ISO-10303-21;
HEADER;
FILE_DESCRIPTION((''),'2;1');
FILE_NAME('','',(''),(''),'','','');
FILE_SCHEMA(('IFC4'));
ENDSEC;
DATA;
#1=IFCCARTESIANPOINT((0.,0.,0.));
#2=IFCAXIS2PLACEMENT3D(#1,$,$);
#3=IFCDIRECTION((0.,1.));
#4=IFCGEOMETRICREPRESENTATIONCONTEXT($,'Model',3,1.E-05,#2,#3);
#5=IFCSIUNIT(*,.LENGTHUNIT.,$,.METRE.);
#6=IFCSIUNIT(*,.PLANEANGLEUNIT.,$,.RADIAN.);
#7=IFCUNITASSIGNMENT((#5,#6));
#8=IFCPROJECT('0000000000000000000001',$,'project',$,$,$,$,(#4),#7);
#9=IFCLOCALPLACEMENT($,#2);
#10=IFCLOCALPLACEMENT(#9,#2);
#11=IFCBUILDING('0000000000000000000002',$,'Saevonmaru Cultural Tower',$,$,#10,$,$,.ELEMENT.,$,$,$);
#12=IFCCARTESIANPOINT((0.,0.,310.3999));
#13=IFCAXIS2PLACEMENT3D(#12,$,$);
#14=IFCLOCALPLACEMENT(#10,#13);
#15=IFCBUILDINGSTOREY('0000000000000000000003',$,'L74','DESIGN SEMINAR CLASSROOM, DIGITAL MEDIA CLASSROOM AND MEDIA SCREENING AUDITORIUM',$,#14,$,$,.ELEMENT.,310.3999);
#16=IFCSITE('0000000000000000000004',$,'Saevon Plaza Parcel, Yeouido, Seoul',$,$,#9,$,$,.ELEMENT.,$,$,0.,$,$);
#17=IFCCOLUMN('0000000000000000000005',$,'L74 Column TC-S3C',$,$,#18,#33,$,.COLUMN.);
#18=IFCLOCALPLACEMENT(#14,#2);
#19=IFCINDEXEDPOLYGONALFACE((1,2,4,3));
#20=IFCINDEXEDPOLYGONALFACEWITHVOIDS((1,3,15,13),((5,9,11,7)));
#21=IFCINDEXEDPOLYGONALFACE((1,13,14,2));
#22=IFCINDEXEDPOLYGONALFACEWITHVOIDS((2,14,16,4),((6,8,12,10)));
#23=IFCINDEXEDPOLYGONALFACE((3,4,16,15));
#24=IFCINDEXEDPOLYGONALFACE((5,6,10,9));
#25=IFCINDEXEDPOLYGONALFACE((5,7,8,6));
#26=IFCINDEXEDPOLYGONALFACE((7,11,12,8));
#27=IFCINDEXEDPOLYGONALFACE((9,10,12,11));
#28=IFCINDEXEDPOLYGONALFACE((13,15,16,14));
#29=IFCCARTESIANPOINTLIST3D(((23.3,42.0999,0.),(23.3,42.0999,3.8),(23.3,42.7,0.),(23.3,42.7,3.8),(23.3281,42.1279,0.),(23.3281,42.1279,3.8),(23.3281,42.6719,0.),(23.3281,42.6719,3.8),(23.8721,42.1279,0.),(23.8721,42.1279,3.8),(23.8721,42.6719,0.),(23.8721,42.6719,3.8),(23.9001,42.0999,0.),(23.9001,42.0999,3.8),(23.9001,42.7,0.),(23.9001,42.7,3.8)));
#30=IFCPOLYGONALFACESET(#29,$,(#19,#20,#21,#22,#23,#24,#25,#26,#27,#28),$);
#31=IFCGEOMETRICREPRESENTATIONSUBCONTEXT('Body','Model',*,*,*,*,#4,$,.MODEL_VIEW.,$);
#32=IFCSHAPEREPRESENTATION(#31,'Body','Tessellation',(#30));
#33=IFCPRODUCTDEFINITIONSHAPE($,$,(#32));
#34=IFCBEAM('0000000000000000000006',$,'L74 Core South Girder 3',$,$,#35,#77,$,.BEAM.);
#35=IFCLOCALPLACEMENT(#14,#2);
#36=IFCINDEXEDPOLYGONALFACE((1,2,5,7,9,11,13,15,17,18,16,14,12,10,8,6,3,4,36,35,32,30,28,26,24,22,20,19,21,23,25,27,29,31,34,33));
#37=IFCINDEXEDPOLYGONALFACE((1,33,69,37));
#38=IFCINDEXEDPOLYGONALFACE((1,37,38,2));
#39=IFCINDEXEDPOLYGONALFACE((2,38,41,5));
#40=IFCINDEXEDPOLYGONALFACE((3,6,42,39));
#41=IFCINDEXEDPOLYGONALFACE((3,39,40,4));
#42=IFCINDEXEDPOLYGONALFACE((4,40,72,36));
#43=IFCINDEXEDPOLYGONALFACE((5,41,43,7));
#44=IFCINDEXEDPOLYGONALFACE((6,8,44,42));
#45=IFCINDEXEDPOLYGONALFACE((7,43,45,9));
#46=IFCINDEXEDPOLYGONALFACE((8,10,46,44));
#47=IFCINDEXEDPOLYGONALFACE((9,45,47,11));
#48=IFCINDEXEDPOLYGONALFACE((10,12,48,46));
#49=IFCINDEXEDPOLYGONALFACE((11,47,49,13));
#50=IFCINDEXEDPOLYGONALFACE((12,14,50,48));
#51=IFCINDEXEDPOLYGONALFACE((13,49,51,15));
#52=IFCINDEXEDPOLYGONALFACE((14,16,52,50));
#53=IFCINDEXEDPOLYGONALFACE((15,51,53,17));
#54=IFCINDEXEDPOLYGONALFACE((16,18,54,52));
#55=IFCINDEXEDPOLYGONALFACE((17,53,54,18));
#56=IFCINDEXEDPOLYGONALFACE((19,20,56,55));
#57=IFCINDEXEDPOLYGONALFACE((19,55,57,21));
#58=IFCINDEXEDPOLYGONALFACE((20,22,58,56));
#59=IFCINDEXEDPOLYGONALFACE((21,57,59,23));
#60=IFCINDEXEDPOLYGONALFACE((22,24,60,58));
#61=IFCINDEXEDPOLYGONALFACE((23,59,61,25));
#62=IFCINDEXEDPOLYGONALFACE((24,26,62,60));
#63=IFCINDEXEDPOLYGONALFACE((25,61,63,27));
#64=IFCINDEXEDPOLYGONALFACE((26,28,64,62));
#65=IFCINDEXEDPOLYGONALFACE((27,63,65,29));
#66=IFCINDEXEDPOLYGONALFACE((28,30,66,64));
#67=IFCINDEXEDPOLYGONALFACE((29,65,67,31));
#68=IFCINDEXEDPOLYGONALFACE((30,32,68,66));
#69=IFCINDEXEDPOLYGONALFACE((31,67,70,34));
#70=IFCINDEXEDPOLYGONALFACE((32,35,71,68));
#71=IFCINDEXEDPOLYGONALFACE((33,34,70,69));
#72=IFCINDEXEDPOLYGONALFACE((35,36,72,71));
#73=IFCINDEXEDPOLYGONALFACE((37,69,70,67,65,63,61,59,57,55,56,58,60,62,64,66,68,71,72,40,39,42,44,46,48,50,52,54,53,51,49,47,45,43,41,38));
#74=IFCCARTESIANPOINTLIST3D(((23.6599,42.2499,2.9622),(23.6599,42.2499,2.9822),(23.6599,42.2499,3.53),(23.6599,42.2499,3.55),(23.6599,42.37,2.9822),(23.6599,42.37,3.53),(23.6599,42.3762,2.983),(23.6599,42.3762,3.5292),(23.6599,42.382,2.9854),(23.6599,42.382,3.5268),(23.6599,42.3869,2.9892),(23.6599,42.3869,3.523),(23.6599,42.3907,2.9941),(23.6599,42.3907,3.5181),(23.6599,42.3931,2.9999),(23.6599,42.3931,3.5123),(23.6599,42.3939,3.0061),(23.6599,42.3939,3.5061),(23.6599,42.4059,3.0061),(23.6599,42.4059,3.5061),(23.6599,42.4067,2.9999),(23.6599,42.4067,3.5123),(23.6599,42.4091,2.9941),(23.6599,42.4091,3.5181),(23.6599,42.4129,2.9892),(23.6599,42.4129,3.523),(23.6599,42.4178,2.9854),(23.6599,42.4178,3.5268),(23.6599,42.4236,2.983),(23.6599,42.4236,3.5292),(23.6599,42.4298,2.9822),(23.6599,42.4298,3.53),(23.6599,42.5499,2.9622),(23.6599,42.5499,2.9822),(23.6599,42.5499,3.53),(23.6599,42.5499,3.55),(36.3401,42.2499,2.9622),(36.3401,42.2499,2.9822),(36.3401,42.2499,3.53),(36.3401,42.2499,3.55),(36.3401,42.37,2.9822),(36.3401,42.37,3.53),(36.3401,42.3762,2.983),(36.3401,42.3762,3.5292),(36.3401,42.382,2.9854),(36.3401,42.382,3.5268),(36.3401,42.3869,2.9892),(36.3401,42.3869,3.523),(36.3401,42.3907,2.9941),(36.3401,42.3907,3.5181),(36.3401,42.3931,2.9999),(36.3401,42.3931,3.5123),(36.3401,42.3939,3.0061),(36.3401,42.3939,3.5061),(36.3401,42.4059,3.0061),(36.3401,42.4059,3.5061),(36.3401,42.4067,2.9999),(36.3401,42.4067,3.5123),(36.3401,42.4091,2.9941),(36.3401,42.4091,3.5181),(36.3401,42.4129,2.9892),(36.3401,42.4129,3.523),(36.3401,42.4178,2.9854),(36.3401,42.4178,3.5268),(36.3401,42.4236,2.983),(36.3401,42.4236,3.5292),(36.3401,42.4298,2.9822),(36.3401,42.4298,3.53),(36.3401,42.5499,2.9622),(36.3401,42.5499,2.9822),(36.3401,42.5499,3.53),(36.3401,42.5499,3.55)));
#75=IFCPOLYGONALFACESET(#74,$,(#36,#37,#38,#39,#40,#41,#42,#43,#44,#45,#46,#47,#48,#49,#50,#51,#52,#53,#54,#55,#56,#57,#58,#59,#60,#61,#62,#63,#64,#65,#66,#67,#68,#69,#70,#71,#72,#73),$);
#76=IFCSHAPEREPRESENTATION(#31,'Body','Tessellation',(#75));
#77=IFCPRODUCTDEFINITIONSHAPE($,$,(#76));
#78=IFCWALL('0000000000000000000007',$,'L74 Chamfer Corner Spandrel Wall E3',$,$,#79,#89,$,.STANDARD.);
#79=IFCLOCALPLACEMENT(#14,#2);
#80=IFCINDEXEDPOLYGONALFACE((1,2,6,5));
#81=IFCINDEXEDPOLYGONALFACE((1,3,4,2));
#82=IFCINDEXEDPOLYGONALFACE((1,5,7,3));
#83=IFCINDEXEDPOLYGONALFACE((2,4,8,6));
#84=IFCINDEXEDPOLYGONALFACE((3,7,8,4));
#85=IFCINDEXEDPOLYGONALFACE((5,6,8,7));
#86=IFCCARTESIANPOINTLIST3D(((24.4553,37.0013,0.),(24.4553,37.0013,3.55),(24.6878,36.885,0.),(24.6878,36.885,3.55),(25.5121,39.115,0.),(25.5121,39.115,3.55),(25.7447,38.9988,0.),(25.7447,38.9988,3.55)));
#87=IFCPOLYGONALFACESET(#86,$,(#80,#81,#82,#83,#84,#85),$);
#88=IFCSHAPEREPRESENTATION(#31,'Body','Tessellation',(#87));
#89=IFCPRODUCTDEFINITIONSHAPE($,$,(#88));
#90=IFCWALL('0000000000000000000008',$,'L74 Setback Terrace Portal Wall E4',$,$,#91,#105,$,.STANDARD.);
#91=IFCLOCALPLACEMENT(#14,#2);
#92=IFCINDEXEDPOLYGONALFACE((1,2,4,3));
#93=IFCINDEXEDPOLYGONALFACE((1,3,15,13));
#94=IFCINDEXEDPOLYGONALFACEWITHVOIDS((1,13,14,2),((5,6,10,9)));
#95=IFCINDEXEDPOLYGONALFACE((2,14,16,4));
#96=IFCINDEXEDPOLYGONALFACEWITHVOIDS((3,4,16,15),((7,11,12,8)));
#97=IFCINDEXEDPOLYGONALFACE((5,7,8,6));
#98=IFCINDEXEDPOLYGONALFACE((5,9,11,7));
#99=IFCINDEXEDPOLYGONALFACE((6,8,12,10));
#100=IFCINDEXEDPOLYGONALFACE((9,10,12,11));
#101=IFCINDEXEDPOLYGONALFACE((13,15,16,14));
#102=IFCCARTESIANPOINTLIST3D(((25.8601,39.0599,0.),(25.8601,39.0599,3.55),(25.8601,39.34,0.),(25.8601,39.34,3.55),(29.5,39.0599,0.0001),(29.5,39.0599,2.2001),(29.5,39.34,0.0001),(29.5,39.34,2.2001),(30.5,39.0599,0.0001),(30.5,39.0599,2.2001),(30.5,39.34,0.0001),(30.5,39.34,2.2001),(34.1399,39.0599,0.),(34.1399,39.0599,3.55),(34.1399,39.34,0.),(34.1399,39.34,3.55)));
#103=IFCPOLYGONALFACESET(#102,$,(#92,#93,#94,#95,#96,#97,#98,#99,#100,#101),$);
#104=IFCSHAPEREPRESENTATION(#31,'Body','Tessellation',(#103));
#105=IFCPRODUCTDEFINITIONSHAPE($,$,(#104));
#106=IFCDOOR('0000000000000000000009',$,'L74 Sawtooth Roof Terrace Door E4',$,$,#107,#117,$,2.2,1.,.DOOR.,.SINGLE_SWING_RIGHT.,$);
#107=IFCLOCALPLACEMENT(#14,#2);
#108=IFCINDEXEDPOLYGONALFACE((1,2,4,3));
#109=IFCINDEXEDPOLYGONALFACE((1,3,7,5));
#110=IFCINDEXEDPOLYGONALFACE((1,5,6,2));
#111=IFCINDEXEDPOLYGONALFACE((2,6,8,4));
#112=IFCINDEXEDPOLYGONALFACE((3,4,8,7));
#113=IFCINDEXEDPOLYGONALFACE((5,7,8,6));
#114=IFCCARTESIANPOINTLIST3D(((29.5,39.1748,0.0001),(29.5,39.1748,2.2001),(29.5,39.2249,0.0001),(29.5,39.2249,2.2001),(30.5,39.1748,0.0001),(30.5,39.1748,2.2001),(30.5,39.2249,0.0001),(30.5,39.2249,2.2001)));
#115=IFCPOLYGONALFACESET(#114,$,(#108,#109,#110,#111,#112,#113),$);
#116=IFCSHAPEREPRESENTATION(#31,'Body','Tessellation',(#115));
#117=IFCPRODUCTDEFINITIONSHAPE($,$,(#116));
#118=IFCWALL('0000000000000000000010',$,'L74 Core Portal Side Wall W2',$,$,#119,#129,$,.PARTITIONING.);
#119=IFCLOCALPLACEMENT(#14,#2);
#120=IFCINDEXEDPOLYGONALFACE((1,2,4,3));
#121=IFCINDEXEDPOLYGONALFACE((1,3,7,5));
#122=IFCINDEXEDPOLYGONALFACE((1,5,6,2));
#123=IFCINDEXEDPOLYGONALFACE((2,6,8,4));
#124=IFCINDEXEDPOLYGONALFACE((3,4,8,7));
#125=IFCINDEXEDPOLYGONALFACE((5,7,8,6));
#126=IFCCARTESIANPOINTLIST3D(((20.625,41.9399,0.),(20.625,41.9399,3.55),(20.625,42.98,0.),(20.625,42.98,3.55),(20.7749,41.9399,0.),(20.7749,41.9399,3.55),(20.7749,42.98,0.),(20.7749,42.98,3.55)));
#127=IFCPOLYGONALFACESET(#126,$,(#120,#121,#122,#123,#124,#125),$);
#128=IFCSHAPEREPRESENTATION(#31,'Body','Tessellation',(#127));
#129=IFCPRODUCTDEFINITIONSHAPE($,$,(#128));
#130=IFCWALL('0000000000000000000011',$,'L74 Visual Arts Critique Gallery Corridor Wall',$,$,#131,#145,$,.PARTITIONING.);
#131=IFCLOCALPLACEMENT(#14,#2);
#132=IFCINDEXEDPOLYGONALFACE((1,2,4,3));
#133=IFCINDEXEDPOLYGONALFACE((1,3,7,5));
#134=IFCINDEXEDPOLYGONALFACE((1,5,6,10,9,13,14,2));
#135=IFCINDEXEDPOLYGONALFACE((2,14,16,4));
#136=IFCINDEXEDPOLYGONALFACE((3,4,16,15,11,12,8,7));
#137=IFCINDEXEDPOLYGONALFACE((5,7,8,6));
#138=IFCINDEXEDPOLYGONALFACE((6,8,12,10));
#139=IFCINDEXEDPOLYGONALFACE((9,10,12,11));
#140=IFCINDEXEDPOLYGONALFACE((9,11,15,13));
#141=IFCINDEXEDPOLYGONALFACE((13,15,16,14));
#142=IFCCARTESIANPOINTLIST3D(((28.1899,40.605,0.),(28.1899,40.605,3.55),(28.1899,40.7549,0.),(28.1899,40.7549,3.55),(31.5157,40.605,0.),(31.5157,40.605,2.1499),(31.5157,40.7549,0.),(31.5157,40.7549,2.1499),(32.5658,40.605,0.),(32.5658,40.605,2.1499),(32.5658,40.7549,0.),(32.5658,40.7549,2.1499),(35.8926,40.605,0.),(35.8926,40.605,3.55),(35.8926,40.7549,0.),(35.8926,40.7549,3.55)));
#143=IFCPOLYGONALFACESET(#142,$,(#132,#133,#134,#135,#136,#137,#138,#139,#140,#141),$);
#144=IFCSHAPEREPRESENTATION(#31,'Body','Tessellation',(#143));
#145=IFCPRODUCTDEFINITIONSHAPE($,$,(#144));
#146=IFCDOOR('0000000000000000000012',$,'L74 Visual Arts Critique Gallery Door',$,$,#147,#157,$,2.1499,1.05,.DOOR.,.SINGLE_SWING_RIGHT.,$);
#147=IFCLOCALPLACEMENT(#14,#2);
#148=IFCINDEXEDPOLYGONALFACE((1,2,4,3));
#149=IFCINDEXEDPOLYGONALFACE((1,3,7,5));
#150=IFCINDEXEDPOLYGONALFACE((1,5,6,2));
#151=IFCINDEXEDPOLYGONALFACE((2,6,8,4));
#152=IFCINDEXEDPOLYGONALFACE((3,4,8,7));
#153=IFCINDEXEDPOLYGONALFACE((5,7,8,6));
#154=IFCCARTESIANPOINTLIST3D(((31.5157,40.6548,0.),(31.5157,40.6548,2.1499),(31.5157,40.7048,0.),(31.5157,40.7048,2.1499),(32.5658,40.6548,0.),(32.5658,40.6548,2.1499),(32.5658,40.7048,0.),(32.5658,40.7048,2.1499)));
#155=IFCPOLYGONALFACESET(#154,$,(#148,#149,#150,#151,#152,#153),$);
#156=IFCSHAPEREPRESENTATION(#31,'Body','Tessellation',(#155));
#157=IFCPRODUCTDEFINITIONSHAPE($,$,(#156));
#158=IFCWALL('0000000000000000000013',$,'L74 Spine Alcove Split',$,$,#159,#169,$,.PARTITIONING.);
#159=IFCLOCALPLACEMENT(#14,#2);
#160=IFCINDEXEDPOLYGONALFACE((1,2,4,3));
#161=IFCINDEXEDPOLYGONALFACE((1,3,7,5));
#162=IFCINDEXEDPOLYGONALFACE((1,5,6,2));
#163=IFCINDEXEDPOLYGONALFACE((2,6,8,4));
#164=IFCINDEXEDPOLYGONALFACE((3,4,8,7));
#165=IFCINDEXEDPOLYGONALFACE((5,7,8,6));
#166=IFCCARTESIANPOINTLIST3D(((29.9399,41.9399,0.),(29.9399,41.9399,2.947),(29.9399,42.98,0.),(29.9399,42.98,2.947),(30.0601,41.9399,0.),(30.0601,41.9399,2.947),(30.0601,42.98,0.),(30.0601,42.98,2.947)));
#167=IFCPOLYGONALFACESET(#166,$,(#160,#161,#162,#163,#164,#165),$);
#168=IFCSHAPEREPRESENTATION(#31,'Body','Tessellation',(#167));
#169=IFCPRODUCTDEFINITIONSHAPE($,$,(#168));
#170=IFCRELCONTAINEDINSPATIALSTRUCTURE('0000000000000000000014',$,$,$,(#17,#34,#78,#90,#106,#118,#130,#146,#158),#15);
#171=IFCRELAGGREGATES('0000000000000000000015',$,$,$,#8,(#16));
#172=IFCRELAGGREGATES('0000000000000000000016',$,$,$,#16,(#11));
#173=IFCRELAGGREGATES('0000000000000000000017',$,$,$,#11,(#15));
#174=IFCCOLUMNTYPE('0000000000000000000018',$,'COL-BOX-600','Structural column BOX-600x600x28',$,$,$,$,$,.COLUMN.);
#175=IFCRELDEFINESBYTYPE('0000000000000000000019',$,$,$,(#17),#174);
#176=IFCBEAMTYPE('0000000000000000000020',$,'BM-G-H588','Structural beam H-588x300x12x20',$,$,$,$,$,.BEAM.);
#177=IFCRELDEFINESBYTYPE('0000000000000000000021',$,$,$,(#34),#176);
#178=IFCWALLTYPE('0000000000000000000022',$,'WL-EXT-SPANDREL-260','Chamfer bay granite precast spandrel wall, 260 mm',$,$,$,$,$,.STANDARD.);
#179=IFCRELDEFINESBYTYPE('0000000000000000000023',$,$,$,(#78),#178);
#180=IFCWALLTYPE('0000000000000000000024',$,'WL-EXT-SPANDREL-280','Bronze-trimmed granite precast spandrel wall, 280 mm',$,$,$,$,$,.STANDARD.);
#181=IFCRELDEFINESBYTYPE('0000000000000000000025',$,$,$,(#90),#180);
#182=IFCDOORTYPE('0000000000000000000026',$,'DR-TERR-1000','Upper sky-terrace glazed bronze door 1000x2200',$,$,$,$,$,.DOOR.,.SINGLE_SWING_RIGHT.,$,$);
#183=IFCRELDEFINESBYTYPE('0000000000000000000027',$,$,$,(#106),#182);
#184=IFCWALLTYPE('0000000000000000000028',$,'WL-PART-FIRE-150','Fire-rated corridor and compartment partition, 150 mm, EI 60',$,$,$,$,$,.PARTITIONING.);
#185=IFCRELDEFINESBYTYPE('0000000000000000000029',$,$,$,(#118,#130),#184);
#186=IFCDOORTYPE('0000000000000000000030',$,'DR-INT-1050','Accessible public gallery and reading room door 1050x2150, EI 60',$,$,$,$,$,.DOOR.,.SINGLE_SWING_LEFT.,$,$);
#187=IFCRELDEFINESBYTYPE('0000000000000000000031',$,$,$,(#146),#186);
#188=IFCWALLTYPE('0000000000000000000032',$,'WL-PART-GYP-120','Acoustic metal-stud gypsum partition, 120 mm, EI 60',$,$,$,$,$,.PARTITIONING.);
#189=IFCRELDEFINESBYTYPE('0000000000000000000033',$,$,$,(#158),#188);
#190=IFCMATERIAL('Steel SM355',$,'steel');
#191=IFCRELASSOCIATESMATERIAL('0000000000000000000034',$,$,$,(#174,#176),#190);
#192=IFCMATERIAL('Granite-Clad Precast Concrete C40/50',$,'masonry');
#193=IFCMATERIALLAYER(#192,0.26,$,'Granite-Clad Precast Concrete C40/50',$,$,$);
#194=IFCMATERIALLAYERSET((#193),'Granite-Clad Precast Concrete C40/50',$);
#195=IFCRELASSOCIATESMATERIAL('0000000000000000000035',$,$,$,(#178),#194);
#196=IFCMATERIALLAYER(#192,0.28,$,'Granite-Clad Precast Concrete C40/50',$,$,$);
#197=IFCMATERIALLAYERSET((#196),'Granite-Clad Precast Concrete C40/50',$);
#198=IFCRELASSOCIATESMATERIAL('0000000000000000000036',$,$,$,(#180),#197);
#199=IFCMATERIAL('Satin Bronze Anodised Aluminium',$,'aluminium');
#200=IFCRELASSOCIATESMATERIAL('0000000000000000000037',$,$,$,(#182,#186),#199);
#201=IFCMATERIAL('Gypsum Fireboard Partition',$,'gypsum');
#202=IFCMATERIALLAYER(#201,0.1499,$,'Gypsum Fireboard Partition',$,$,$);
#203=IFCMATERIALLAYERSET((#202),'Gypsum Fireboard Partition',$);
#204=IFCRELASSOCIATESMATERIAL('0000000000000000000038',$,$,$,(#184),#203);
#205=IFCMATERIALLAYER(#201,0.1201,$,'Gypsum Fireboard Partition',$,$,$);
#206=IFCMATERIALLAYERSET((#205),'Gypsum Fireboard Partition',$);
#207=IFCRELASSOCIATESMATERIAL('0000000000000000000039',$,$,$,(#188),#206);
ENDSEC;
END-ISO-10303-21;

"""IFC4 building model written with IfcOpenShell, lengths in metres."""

from ifc_helpers import new_model, si_unit, direction, frame, frame_2d, origin, origin_2d, place, context, subcontext, project, spatial, rectangle, hollow_rectangle, i_section, extrude, material, layer, layer_set, material_profile, profile_set, type_object, element, fill, save


model = new_model("IFC4")

# Units and contexts
model_context = context("Model", 3, precision=1e-05, world=origin(), true_north=direction((0.0, 1.0)))
body_context = subcontext(model_context, "Body", "Model", "MODEL_VIEW")
ifc_project = project(units=[si_unit("LENGTHUNIT", "METRE"), si_unit("PLANEANGLEUNIT", "RADIAN")], contexts=[model_context])

# Site, building, storey
site_placement = place(None, origin())
site = spatial("IfcSite", under=ifc_project, at=site_placement, Name="Saevon Plaza Parcel, Yeouido, Seoul", CompositionType="ELEMENT", RefElevation=0.0)
building_placement = place(site_placement, origin())
building = spatial("IfcBuilding", under=site, at=building_placement, Name="Saevonmaru Cultural Tower", CompositionType="ELEMENT")
storey_placement = place(building_placement, frame((0.0, 0.0, 310.3999)))
storey = spatial("IfcBuildingStorey", under=building, at=storey_placement, Name="L74", Description="DESIGN SEMINAR CLASSROOM, DIGITAL MEDIA CLASSROOM AND MEDIA SCREENING AUDITORIUM", CompositionType="ELEMENT", Elevation=310.3999)

# Column
ifc_material_1 = material(Name="Steel SM355", Category="steel")
ifc_material_profile_1 = material_profile(ifc_material_1, hollow_rectangle(XDim=0.6001, YDim=0.6001, WallThickness=0.0281, at=origin_2d()), Name="BOX-600x600x28")
ifc_profile_set_1 = profile_set([ifc_material_profile_1], Name="Steel SM355")
column_type = type_object("IfcColumnType", Name="COL-BOX-600", Description="Structural column BOX-600x600x28", PredefinedType="COLUMN", material=ifc_profile_set_1)
column_placement = place(storey_placement, frame((23.6001, 42.3999, 0.0), z_axis=(0.0, 0.0, 1.0), x_axis=(1.0, 0.0, 0.0)))
element("IfcColumn", 1, at=column_placement, inside=storey, type_object=column_type, Name="L74 Column TC-S3C", PredefinedType="COLUMN", context=body_context, shape_type="SweptSolid", body=[
    extrude(hollow_rectangle(XDim=0.6001, YDim=0.6001, WallThickness=0.0281, at=origin_2d()), origin(), (0.0, 0.0, 1.0), 3.8),
])

# Beam
ifc_material_profile_2 = material_profile(ifc_material_1, i_section(OverallWidth=0.3, OverallDepth=0.5879, WebThickness=0.012, FlangeThickness=0.02, FilletRadius=0.0239, at=origin_2d()), Name="H-588x300x12x20")
ifc_profile_set_2 = profile_set([ifc_material_profile_2], Name="Steel SM355")
beam_type = type_object("IfcBeamType", Name="BM-G-H588", Description="Structural beam H-588x300x12x20", PredefinedType="BEAM", material=ifc_profile_set_2)
beam_placement = place(storey_placement, frame((23.6599, 42.3999, 3.2561), z_axis=(1.0, 0.0, 0.0), x_axis=(0.0, 1.0, 0.0)))
element("IfcBeam", 2, at=beam_placement, inside=storey, type_object=beam_type, Name="L74 Core South Girder 3", PredefinedType="BEAM", context=body_context, shape_type="SweptSolid", body=[
    extrude(i_section(OverallWidth=0.3, OverallDepth=0.5879, WebThickness=0.012, FlangeThickness=0.02, FilletRadius=0.0239, at=origin_2d()), origin(), (0.0, 0.0, 1.0), 12.6802),
])

# Shared definitions
ifc_material_2 = material(Name="Gypsum Fireboard Partition", Category="gypsum")
ifc_material_3 = material(Name="Satin Bronze Anodised Aluminium", Category="aluminium")

# Wall
ifc_material_4 = material(Name="Granite-Clad Precast Concrete C40/50", Category="masonry")
ifc_layer_1 = layer(ifc_material_4, 0.26, Name="Granite-Clad Precast Concrete C40/50")
ifc_layer_set_1 = layer_set([ifc_layer_1], Name="Granite-Clad Precast Concrete C40/50")
wall_type_1 = type_object("IfcWallType", Name="WL-EXT-SPANDREL-260", Description="Chamfer bay granite precast spandrel wall, 260 mm", PredefinedType="STANDARD", material=ifc_layer_set_1)
wall_1_placement = place(storey_placement, frame((24.5715, 36.9431, 0.0), z_axis=(0.0, 0.0, 1.0), x_axis=(0.447214, 0.894427, 0.0)))
element("IfcWall", 3, at=wall_1_placement, inside=storey, type_object=wall_type_1, Name="L74 Chamfer Corner Spandrel Wall E3", PredefinedType="STANDARD", context=body_context, shape_type="SweptSolid", body=[
    extrude(rectangle(XDim=2.3633, YDim=0.26, at=frame_2d((1.1816, 0.0))), origin(), (0.0, 0.0, 1.0), 3.55),
])

# Wall, opening, door
ifc_layer_2 = layer(ifc_material_4, 0.28, Name="Granite-Clad Precast Concrete C40/50")
ifc_layer_set_2 = layer_set([ifc_layer_2], Name="Granite-Clad Precast Concrete C40/50")
wall_type_2 = type_object("IfcWallType", Name="WL-EXT-SPANDREL-280", Description="Bronze-trimmed granite precast spandrel wall, 280 mm", PredefinedType="STANDARD", material=ifc_layer_set_2)
wall_2_placement = place(storey_placement, frame((25.8601, 39.2, 0.0), z_axis=(0.0, 0.0, 1.0), x_axis=(1.0, 0.0, 0.0)))
wall_2 = element("IfcWall", 4, at=wall_2_placement, inside=storey, type_object=wall_type_2, Name="L74 Setback Terrace Portal Wall E4", PredefinedType="STANDARD", context=body_context, shape_type="SweptSolid", body=[
    extrude(rectangle(XDim=8.2798, YDim=0.28, at=frame_2d((4.1399, 0.0))), origin(), (0.0, 0.0, 1.0), 3.55),
])
opening_1_placement = place(wall_2_placement, frame((3.6399, 0.0, 0.0)))
opening_1 = element("IfcOpeningElement", 5, at=opening_1_placement, cuts=wall_2, PredefinedType="OPENING", context=body_context, shape_type="SweptSolid", body=[
    extrude(rectangle(XDim=1.0, YDim=2.2, at=frame_2d((0.5, 1.1001))), frame((0.0, 0.1499, 0.0), z_axis=(0.0, -1.0, 0.0), x_axis=(1.0, 0.0, 0.0)), (0.0, 0.0, 1.0), 0.3),
])
door_type_1 = type_object("IfcDoorType", Name="DR-TERR-1000", Description="Upper sky-terrace glazed bronze door 1000x2200", OperationType="SINGLE_SWING_RIGHT", PredefinedType="DOOR", material=ifc_material_3)
door_1_placement = place(opening_1_placement, origin())
door_1 = element("IfcDoor", 6, at=door_1_placement, inside=storey, type_object=door_type_1, Name="L74 Sawtooth Roof Terrace Door E4", OperationType="SINGLE_SWING_RIGHT", OverallHeight=2.2, OverallWidth=1.0, PredefinedType="DOOR", context=body_context, shape_type="SweptSolid", body=[
    extrude(rectangle(XDim=1.0, YDim=2.2, at=frame_2d((0.5, 1.1001))), frame((0.0, 0.0249, 0.0), z_axis=(0.0, -1.0, 0.0), x_axis=(1.0, 0.0, 0.0)), (0.0, 0.0, 1.0), 0.05),
])
fill(opening_1, door_1)

# Wall
ifc_layer_3 = layer(ifc_material_2, 0.1499, Name="Gypsum Fireboard Partition")
ifc_layer_set_3 = layer_set([ifc_layer_3], Name="Gypsum Fireboard Partition")
wall_type_3 = type_object("IfcWallType", Name="WL-PART-FIRE-150", Description="Fire-rated corridor and compartment partition, 150 mm, EI 60", PredefinedType="PARTITIONING", material=ifc_layer_set_3)
wall_3_placement = place(storey_placement, frame((20.7, 41.9399, 0.0), z_axis=(0.0, 0.0, 1.0), x_axis=(0.0, 1.0, 0.0)))
element("IfcWall", 7, at=wall_3_placement, inside=storey, type_object=wall_type_3, Name="L74 Core Portal Side Wall W2", PredefinedType="PARTITIONING", context=body_context, shape_type="SweptSolid", body=[
    extrude(rectangle(XDim=1.04, YDim=0.1499, at=frame_2d((0.52, 0.0))), origin(), (0.0, 0.0, 1.0), 3.55),
])

# Wall, opening, door
wall_4_placement = place(storey_placement, frame((28.1899, 40.6799, 0.0), z_axis=(0.0, 0.0, 1.0), x_axis=(1.0, 0.0, 0.0)))
wall_4 = element("IfcWall", 8, at=wall_4_placement, inside=storey, type_object=wall_type_3, Name="L74 Visual Arts Critique Gallery Corridor Wall", PredefinedType="PARTITIONING", context=body_context, shape_type="SweptSolid", body=[
    extrude(rectangle(XDim=7.7026, YDim=0.1499, at=frame_2d((3.8513, 0.0))), origin(), (0.0, 0.0, 1.0), 3.55),
])
opening_2_placement = place(wall_4_placement, frame((3.3259, 0.0, 0.0)))
opening_2 = element("IfcOpeningElement", 9, at=opening_2_placement, cuts=wall_4, PredefinedType="OPENING", context=body_context, shape_type="SweptSolid", body=[
    extrude(rectangle(XDim=1.05, YDim=2.1499, at=frame_2d((0.5249, 1.075))), frame((0.0, 0.085, 0.0), z_axis=(0.0, -1.0, 0.0), x_axis=(1.0, 0.0, 0.0)), (0.0, 0.0, 1.0), 0.1699),
])
door_type_2 = type_object("IfcDoorType", Name="DR-INT-1050", Description="Accessible public gallery and reading room door 1050x2150, EI 60", OperationType="SINGLE_SWING_LEFT", PredefinedType="DOOR", material=ifc_material_3)
door_2_placement = place(opening_2_placement, origin())
door_2 = element("IfcDoor", 10, at=door_2_placement, inside=storey, type_object=door_type_2, Name="L74 Visual Arts Critique Gallery Door", OperationType="SINGLE_SWING_RIGHT", OverallHeight=2.1499, OverallWidth=1.05, PredefinedType="DOOR", context=body_context, shape_type="SweptSolid", body=[
    extrude(rectangle(XDim=1.05, YDim=2.1499, at=frame_2d((0.5249, 1.075))), frame((0.0, 0.0249, 0.0), z_axis=(0.0, -1.0, 0.0), x_axis=(1.0, 0.0, 0.0)), (0.0, 0.0, 1.0), 0.05),
])
fill(opening_2, door_2)

# Wall
ifc_layer_4 = layer(ifc_material_2, 0.1201, Name="Gypsum Fireboard Partition")
ifc_layer_set_4 = layer_set([ifc_layer_4], Name="Gypsum Fireboard Partition")
wall_type_4 = type_object("IfcWallType", Name="WL-PART-GYP-120", Description="Acoustic metal-stud gypsum partition, 120 mm, EI 60", PredefinedType="PARTITIONING", material=ifc_layer_set_4)
wall_5_placement = place(storey_placement, frame((30.0, 41.9399, 0.0), z_axis=(0.0, 0.0, 1.0), x_axis=(0.0, 1.0, 0.0)))
element("IfcWall", 11, at=wall_5_placement, inside=storey, type_object=wall_type_4, Name="L74 Spine Alcove Split", PredefinedType="PARTITIONING", context=body_context, shape_type="SweptSolid", body=[
    extrude(rectangle(XDim=1.04, YDim=0.1201, at=frame_2d((0.52, 0.0))), origin(), (0.0, 0.0, 1.0), 2.947),
])

save(model, "model.ifc")
